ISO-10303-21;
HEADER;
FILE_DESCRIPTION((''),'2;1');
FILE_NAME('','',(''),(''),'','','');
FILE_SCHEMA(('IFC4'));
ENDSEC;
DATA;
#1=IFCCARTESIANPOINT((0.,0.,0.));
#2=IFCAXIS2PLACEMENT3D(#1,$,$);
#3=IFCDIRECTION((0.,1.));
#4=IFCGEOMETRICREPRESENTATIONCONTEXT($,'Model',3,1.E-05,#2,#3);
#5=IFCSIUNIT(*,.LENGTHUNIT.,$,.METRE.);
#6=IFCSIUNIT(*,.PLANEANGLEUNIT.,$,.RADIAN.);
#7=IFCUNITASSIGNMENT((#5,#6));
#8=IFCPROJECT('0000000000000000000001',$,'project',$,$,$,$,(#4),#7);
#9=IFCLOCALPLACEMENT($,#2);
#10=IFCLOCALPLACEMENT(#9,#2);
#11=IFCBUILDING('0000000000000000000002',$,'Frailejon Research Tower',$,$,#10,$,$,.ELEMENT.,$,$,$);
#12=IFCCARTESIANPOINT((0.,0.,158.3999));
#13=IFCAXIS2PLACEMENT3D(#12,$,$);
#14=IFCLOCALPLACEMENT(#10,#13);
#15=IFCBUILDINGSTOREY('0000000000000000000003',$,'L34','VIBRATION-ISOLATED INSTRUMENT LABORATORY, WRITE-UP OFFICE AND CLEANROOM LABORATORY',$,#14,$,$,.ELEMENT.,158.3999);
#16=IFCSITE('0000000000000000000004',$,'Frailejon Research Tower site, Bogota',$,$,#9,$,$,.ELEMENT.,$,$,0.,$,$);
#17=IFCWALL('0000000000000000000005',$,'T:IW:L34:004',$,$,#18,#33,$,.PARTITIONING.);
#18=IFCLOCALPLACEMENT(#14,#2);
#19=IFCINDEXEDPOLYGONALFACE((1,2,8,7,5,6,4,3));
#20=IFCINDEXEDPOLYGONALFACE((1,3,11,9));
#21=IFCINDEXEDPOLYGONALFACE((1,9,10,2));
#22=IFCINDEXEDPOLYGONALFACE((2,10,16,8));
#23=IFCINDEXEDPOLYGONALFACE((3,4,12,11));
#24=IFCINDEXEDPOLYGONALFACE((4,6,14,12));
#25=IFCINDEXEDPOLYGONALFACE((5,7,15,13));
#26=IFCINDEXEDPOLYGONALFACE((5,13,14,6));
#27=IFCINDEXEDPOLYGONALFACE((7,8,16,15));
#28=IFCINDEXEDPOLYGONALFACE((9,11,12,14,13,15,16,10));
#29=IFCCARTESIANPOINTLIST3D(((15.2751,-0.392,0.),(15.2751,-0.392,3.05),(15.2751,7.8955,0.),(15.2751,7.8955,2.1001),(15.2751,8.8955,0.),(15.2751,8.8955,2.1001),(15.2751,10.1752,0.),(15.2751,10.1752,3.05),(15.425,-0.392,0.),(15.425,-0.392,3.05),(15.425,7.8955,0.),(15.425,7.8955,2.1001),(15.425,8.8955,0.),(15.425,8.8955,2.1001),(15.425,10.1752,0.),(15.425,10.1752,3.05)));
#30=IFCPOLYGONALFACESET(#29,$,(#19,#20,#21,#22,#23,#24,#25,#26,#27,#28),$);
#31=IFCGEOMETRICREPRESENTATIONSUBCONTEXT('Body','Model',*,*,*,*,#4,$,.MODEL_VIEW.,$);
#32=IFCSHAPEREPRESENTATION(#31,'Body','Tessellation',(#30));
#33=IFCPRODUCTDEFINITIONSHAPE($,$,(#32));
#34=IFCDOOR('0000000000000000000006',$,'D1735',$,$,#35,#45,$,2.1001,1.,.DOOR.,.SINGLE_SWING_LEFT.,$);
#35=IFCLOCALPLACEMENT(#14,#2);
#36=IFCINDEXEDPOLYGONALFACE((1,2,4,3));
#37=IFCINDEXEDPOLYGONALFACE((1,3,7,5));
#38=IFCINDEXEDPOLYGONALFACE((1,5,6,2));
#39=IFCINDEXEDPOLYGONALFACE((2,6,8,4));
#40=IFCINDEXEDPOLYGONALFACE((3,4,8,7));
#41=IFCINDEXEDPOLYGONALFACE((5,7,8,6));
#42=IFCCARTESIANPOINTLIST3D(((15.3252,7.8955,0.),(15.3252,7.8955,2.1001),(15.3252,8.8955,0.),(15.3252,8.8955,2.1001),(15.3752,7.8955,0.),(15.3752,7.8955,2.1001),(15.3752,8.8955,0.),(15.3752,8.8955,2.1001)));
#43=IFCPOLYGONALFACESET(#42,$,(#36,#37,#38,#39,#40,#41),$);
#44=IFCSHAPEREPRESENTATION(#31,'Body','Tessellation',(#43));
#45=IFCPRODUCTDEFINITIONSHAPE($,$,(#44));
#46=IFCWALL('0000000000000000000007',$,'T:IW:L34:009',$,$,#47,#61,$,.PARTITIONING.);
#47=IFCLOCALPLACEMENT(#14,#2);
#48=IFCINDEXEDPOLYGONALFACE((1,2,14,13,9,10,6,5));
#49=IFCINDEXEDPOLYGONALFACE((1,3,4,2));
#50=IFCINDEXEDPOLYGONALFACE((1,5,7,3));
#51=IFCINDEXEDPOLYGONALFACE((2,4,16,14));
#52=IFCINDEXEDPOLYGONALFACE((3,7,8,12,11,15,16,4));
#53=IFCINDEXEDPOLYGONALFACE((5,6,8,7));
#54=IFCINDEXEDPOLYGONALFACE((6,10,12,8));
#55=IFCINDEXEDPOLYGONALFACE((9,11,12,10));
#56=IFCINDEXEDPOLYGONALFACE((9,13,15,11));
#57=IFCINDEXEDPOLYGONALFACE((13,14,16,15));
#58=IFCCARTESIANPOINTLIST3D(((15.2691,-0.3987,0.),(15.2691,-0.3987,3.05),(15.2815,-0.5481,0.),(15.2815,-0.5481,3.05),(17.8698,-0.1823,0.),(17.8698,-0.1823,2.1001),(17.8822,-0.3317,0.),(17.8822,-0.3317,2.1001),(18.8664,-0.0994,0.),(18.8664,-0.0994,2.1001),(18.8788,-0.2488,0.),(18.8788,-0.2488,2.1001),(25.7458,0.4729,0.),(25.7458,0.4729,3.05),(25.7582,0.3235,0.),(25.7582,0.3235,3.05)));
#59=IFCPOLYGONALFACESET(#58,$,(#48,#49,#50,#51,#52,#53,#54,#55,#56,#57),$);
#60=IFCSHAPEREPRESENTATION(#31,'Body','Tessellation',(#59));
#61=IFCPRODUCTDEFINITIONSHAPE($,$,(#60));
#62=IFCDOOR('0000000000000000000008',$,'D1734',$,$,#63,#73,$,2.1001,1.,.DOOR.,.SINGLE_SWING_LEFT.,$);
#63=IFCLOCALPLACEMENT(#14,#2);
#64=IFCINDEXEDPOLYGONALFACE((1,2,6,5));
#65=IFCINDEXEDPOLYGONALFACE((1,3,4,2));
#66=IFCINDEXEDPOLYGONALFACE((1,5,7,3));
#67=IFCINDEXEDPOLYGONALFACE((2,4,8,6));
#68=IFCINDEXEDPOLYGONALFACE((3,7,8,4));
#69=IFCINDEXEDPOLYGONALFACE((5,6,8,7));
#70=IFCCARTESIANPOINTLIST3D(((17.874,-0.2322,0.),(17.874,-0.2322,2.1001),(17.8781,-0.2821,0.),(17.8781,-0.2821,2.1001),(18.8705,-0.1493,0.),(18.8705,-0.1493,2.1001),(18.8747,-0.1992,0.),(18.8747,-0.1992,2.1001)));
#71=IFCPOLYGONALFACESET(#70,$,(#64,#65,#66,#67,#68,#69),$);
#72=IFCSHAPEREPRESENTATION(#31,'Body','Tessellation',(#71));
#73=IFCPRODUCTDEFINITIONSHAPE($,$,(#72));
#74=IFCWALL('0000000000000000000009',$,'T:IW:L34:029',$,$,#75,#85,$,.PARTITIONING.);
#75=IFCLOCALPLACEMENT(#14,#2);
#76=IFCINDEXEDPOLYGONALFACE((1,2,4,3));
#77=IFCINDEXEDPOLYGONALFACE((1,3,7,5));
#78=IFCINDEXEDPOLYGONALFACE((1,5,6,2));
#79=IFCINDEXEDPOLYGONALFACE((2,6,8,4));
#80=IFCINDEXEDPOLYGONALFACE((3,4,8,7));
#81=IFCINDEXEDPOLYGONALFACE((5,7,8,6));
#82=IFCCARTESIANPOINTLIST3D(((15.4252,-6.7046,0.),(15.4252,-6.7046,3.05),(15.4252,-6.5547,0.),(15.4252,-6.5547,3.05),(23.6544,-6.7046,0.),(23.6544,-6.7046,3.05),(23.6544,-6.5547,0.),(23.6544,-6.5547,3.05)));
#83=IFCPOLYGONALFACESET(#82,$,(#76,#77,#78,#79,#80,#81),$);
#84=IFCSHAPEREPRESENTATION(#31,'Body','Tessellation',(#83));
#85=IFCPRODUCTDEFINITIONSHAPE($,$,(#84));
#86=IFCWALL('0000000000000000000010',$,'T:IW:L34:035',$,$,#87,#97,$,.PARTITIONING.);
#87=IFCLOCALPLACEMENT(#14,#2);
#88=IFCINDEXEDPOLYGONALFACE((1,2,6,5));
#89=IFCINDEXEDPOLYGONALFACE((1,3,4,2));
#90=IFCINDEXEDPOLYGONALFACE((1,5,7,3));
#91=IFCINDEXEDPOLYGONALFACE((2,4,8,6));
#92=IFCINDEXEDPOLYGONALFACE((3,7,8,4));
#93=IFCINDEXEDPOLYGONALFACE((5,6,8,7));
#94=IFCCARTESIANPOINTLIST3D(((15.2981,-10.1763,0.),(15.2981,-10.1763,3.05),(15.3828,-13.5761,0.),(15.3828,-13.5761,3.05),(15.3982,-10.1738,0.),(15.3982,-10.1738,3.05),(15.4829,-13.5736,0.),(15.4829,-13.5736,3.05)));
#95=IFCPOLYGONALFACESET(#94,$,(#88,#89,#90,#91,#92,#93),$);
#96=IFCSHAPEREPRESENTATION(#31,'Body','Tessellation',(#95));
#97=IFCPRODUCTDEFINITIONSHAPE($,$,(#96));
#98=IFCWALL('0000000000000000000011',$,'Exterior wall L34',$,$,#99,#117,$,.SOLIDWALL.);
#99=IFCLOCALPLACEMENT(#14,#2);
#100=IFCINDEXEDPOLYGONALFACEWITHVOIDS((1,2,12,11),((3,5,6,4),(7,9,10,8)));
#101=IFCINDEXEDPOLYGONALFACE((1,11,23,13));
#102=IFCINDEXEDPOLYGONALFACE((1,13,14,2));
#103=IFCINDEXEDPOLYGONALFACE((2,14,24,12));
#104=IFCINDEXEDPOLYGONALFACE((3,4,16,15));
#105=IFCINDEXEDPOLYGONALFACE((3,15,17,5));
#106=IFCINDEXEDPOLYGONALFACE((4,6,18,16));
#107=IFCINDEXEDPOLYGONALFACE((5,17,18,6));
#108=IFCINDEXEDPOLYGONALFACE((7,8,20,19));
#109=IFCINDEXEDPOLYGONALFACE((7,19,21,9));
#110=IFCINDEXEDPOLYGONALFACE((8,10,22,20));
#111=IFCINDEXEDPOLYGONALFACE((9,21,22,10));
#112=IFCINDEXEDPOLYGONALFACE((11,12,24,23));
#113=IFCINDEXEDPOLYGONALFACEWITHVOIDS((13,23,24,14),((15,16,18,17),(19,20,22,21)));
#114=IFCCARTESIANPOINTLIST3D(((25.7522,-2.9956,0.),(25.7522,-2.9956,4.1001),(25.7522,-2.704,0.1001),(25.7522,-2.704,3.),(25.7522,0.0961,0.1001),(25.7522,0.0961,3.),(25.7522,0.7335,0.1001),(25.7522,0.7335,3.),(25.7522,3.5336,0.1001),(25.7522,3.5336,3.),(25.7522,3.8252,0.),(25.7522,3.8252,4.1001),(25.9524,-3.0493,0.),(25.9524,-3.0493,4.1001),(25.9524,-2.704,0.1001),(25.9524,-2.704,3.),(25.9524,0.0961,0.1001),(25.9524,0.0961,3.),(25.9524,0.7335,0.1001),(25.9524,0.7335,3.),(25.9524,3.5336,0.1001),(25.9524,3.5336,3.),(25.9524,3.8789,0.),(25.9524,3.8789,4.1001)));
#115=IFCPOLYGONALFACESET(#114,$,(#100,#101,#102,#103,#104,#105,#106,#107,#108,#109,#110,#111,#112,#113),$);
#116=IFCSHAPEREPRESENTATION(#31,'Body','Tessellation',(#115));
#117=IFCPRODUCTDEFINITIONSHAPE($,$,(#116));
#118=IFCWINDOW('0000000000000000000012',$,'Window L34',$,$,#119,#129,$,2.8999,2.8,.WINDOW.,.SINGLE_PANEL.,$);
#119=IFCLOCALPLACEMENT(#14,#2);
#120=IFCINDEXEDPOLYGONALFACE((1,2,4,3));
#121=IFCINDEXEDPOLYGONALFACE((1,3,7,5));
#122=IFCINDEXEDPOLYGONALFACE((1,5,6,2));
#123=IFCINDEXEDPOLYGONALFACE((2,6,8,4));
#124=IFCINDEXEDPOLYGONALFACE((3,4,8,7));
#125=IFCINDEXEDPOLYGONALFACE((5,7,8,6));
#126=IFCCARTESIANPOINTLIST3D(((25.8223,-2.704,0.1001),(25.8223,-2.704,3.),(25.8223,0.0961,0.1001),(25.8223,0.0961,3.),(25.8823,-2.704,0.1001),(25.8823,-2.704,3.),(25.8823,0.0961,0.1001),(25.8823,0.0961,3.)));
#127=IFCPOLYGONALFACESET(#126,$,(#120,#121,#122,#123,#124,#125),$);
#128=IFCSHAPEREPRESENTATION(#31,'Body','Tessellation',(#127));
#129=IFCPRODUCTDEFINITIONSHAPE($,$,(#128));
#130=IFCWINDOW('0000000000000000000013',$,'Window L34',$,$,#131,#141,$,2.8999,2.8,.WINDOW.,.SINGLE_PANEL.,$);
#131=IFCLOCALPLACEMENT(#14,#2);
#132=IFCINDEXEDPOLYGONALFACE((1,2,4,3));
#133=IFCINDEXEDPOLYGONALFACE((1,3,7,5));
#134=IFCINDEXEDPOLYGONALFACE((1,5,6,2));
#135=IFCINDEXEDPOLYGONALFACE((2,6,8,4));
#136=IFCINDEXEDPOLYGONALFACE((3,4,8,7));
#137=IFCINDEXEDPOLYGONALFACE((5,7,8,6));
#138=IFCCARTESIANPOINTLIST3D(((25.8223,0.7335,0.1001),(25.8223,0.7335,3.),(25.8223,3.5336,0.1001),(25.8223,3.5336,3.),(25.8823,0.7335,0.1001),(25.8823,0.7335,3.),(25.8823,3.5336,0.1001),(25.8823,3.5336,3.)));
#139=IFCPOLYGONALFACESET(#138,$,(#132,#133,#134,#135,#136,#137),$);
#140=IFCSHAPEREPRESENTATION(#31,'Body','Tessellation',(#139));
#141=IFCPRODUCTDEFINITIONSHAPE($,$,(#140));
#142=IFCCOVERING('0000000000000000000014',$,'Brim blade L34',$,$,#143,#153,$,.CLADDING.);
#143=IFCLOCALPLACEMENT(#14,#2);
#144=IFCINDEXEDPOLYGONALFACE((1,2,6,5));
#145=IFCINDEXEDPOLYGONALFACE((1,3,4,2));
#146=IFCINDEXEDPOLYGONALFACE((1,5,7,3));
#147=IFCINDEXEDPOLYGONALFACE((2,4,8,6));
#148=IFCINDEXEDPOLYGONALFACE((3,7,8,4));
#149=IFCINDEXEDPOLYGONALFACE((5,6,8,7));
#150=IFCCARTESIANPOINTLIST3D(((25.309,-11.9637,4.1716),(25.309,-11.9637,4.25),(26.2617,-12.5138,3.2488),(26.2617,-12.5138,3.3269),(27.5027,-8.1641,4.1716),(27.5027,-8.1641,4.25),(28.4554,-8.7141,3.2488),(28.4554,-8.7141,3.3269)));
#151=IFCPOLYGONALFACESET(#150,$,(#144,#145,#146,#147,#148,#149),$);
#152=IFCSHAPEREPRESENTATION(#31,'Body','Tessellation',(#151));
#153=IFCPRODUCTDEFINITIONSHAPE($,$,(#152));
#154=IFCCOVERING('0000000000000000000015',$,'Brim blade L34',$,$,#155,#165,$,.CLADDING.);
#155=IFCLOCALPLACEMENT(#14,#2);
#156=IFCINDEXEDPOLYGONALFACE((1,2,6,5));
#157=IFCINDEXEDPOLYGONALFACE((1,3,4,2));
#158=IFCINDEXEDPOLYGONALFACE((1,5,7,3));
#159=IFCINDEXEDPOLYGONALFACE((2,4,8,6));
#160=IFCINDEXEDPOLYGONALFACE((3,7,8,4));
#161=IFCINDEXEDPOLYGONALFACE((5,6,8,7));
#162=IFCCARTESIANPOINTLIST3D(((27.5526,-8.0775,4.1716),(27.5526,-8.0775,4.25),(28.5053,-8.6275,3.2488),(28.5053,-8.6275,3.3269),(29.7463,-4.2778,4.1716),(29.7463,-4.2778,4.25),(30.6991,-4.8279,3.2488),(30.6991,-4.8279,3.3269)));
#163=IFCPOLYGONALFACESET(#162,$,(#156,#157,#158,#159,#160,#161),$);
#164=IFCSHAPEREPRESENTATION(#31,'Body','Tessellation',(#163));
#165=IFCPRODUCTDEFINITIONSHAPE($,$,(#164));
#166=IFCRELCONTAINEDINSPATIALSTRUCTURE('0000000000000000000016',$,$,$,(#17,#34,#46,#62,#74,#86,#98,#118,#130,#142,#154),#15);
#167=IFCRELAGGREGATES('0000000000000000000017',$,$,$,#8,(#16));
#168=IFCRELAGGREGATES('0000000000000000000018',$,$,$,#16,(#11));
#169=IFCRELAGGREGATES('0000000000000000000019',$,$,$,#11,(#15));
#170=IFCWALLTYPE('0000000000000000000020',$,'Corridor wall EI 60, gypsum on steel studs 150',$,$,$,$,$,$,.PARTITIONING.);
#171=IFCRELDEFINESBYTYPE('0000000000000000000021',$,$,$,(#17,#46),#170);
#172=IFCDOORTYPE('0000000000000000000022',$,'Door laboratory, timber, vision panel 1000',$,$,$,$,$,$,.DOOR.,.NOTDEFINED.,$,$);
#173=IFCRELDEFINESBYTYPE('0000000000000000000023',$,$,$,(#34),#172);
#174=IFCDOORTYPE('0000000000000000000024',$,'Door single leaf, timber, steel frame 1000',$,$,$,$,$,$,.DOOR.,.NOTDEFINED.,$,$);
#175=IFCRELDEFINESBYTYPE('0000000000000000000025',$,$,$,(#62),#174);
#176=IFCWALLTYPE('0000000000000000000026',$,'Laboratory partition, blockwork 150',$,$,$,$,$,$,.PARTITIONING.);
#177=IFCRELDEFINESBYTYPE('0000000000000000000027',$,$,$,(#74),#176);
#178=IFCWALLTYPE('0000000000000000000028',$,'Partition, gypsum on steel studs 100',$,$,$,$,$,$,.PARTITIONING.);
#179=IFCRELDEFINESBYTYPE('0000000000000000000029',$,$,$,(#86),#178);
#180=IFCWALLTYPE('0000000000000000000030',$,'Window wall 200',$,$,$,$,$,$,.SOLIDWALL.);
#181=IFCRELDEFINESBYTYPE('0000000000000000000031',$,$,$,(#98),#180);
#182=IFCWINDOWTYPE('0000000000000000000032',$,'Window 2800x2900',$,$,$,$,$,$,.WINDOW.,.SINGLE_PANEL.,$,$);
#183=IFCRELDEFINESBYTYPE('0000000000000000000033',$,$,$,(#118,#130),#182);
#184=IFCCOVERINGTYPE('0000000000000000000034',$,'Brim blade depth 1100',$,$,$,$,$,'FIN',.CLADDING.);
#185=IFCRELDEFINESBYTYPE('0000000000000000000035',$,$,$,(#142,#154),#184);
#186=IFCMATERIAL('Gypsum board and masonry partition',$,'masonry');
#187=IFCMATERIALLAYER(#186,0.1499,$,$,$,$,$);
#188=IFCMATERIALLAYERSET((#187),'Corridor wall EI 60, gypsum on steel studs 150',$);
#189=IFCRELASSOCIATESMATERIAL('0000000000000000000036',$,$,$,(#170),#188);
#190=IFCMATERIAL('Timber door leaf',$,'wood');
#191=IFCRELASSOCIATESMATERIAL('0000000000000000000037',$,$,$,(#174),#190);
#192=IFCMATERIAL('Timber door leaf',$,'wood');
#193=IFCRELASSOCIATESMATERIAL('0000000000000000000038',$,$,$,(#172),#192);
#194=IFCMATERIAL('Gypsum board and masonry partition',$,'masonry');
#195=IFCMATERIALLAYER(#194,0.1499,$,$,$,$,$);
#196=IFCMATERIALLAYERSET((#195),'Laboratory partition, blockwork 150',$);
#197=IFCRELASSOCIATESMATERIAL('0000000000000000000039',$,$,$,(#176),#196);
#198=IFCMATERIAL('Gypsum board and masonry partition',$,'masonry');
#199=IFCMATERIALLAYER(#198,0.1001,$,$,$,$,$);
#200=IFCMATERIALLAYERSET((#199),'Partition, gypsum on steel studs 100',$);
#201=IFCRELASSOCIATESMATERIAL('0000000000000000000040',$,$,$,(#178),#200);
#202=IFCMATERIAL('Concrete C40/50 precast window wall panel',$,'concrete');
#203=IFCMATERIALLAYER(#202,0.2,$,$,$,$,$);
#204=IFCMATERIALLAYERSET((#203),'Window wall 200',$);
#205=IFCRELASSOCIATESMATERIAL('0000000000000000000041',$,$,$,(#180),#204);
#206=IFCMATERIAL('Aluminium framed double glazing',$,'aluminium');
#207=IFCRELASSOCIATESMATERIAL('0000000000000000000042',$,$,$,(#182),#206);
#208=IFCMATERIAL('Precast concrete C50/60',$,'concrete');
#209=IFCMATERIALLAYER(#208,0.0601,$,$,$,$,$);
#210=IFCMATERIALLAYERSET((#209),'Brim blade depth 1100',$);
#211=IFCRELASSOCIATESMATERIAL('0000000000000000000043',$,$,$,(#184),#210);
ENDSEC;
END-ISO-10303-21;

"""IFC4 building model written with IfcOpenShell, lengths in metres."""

from ifc_helpers import new_model, si_unit, direction, frame, frame_2d, origin, place, context, subcontext, project, spatial, polyline, rectangle, outline, extrude, material, layer, layer_set, type_object, element, fill, save


model = new_model("IFC4")

# Units and contexts
model_context = context("Model", 3, precision=1e-05, world=origin(), true_north=direction((0.0, 1.0)))
body_context = subcontext(model_context, "Body", "Model", "MODEL_VIEW")
ifc_project = project(units=[si_unit("LENGTHUNIT", "METRE"), si_unit("PLANEANGLEUNIT", "RADIAN")], contexts=[model_context])

# Site, building, storey
site_placement = place(None, origin())
site = spatial("IfcSite", under=ifc_project, at=site_placement, Name="Frailejon Research Tower site, Bogota", CompositionType="ELEMENT", RefElevation=0.0)
building_placement = place(site_placement, origin())
building = spatial("IfcBuilding", under=site, at=building_placement, Name="Frailejon Research Tower", CompositionType="ELEMENT")
storey_placement = place(building_placement, frame((0.0, 0.0, 158.3999)))
storey = spatial("IfcBuildingStorey", under=building, at=storey_placement, Name="L34", Description="VIBRATION-ISOLATED INSTRUMENT LABORATORY, WRITE-UP OFFICE AND CLEANROOM LABORATORY", CompositionType="ELEMENT", Elevation=158.3999)

# Walls, openings, doors
ifc_material_1 = material(Name="Gypsum board and masonry partition", Category="masonry")
ifc_layer_1 = layer(ifc_material_1, 0.1499)
ifc_layer_set_1 = layer_set([ifc_layer_1], Name="Corridor wall EI 60, gypsum on steel studs 150")
wall_type_1 = type_object("IfcWallType", Name="Corridor wall EI 60, gypsum on steel studs 150", PredefinedType="PARTITIONING", material=ifc_layer_set_1)
ifc_material_2 = material(Name="Timber door leaf", Category="wood")
door_type_1 = type_object("IfcDoorType", Name="Door single leaf, timber, steel frame 1000", OperationType="NOTDEFINED", PredefinedType="DOOR", material=ifc_material_2)
wall_1_placement = place(storey_placement, frame((15.3501, -0.3921, 0.0), z_axis=(0.0, 0.0, 1.0), x_axis=(0.0, 1.0, 0.0)))
wall_1 = element("IfcWall", 1, at=wall_1_placement, inside=storey, type_object=wall_type_1, Name="T:IW:L34:004", PredefinedType="PARTITIONING", context=body_context, shape_type="SweptSolid", body=[
    extrude(rectangle(XDim=10.5671, YDim=0.1499, at=frame_2d((5.2837, 0.0))), origin(), (0.0, 0.0, 1.0), 3.05),
])
opening_1_placement = place(wall_1_placement, frame((8.2876, 0.0, 0.0)))
opening_1 = element("IfcOpeningElement", 2, at=opening_1_placement, cuts=wall_1, PredefinedType="OPENING", context=body_context, shape_type="SweptSolid", body=[
    extrude(rectangle(XDim=1.0, YDim=2.1001, at=frame_2d((0.5, 1.05))), frame((0.0, 0.085, 0.0), z_axis=(0.0, -1.0, 0.0), x_axis=(1.0, 0.0, 0.0)), (0.0, 0.0, 1.0), 0.1699),
])
ifc_material_3 = material(Name="Timber door leaf", Category="wood")
door_type_2 = type_object("IfcDoorType", Name="Door laboratory, timber, vision panel 1000", OperationType="NOTDEFINED", PredefinedType="DOOR", material=ifc_material_3)
door_1_placement = place(opening_1_placement, origin())
door_1 = element("IfcDoor", 3, at=door_1_placement, inside=storey, type_object=door_type_2, Name="D1735", OperationType="SINGLE_SWING_LEFT", OverallHeight=2.1001, OverallWidth=1.0, PredefinedType="DOOR", context=body_context, shape_type="SweptSolid", body=[
    extrude(rectangle(XDim=1.0, YDim=2.1001, at=frame_2d((0.5, 1.05))), frame((0.0, 0.0249, 0.0), z_axis=(0.0, -1.0, 0.0), x_axis=(1.0, 0.0, 0.0)), (0.0, 0.0, 1.0), 0.05),
])
fill(opening_1, door_1)
wall_2_placement = place(storey_placement, frame((15.2754, -0.4734, 0.0), z_axis=(0.0, 0.0, 1.0), x_axis=(0.996557, 0.082905, 0.0)))
wall_2 = element("IfcWall", 4, at=wall_2_placement, inside=storey, type_object=wall_type_1, Name="T:IW:L34:009", PredefinedType="PARTITIONING", context=body_context, shape_type="SweptSolid", body=[
    extrude(rectangle(XDim=10.5129, YDim=0.1499, at=frame_2d((5.2563, 0.0))), origin(), (0.0, 0.0, 1.0), 3.05),
])
opening_2_placement = place(wall_2_placement, frame((2.6096, 0.0, 0.0)))
opening_2 = element("IfcOpeningElement", 5, at=opening_2_placement, cuts=wall_2, PredefinedType="OPENING", context=body_context, shape_type="SweptSolid", body=[
    extrude(rectangle(XDim=1.0, YDim=2.1001, at=frame_2d((0.5, 1.05))), frame((0.0, 0.085, 0.0), z_axis=(0.0, -1.0, 0.0), x_axis=(1.0, 0.0, 0.0)), (0.0, 0.0, 1.0), 0.1699),
])
door_2_placement = place(opening_2_placement, origin())
door_2 = element("IfcDoor", 6, at=door_2_placement, inside=storey, type_object=door_type_1, Name="D1734", OperationType="SINGLE_SWING_LEFT", OverallHeight=2.1001, OverallWidth=1.0, PredefinedType="DOOR", context=body_context, shape_type="SweptSolid", body=[
    extrude(rectangle(XDim=1.0, YDim=2.1001, at=frame_2d((0.5, 1.05))), frame((0.0, 0.0249, 0.0), z_axis=(0.0, -1.0, 0.0), x_axis=(1.0, 0.0, 0.0)), (0.0, 0.0, 1.0), 0.05),
])
fill(opening_2, door_2)

# Walls
ifc_material_4 = material(Name="Gypsum board and masonry partition", Category="masonry")
ifc_layer_2 = layer(ifc_material_4, 0.1499)
ifc_layer_set_2 = layer_set([ifc_layer_2], Name="Laboratory partition, blockwork 150")
wall_type_2 = type_object("IfcWallType", Name="Laboratory partition, blockwork 150", PredefinedType="PARTITIONING", material=ifc_layer_set_2)
wall_3_placement = place(storey_placement, frame((15.425, -6.6296, 0.0), z_axis=(0.0, 0.0, 1.0), x_axis=(1.0, 0.0, 0.0)))
element("IfcWall", 7, at=wall_3_placement, inside=storey, type_object=wall_type_2, Name="T:IW:L34:029", PredefinedType="PARTITIONING", context=body_context, shape_type="SweptSolid", body=[
    extrude(rectangle(XDim=8.2292, YDim=0.1499, at=frame_2d((4.1147, 0.0))), origin(), (0.0, 0.0, 1.0), 3.05),
])
ifc_material_5 = material(Name="Gypsum board and masonry partition", Category="masonry")
ifc_layer_3 = layer(ifc_material_5, 0.1001)
ifc_layer_set_3 = layer_set([ifc_layer_3], Name="Partition, gypsum on steel studs 100")
wall_type_3 = type_object("IfcWallType", Name="Partition, gypsum on steel studs 100", PredefinedType="PARTITIONING", material=ifc_layer_set_3)
wall_4_placement = place(storey_placement, frame((15.3481, -10.175, 0.0), z_axis=(0.0, 0.0, 1.0), x_axis=(0.02491, -0.99969, 0.0)))
element("IfcWall", 8, at=wall_4_placement, inside=storey, type_object=wall_type_3, Name="T:IW:L34:035", PredefinedType="PARTITIONING", context=body_context, shape_type="SweptSolid", body=[
    extrude(rectangle(XDim=3.4009, YDim=0.1001, at=frame_2d((1.7004, 0.0))), origin(), (0.0, 0.0, 1.0), 3.05),
])

# Wall, openings, windows
ifc_material_6 = material(Name="Concrete C40/50 precast window wall panel", Category="concrete")
ifc_layer_4 = layer(ifc_material_6, 0.2)
ifc_layer_set_4 = layer_set([ifc_layer_4], Name="Window wall 200")
wall_type_4 = type_object("IfcWallType", Name="Window wall 200", PredefinedType="SOLIDWALL", material=ifc_layer_set_4)
wall_5_placement = place(storey_placement, frame((25.8523, -3.0225, 0.0), z_axis=(0.0, 0.0, 1.0), x_axis=(0.0, 1.0, 0.0)))
wall_5 = element("IfcWall", 9, at=wall_5_placement, inside=storey, type_object=wall_type_4, Name="Exterior wall L34", PredefinedType="SOLIDWALL", context=body_context, shape_type="SweptSolid", body=[
    extrude(outline(polyline([(-0.0269, -0.1001), (1.1279, -0.1001), (2.2825, -0.1001), (3.4373, -0.1001), (4.592, -0.1001), (5.7466, -0.1001), (6.9014, -0.1001), (6.8477, 0.1001), (5.7109, 0.1001), (4.574, 0.1001), (3.4373, 0.1001), (2.3005, 0.1001), (1.1636, 0.1001), (0.0269, 0.1001), (-0.0269, -0.1001)])), origin(), (0.0, 0.0, 1.0), 4.1001),
])
opening_3_placement = place(wall_5_placement, frame((0.3186, 0.0, 0.1001)))
opening_3 = element("IfcOpeningElement", 10, at=opening_3_placement, cuts=wall_5, PredefinedType="OPENING", context=body_context, shape_type="SweptSolid", body=[
    extrude(rectangle(XDim=2.8, YDim=2.8999, at=frame_2d((1.3999, 1.45))), frame((0.0, 0.1099, 0.0), z_axis=(0.0, -1.0, 0.0), x_axis=(1.0, 0.0, 0.0)), (0.0, 0.0, 1.0), 0.22),
])
opening_4_placement = place(wall_5_placement, frame((3.7561, 0.0, 0.1001)))
opening_4 = element("IfcOpeningElement", 11, at=opening_4_placement, cuts=wall_5, PredefinedType="OPENING", context=body_context, shape_type="SweptSolid", body=[
    extrude(rectangle(XDim=2.8, YDim=2.8999, at=frame_2d((1.3999, 1.45))), frame((0.0, 0.1099, 0.0), z_axis=(0.0, -1.0, 0.0), x_axis=(1.0, 0.0, 0.0)), (0.0, 0.0, 1.0), 0.22),
])
ifc_material_7 = material(Name="Aluminium framed double glazing", Category="aluminium")
window_type = type_object("IfcWindowType", Name="Window 2800x2900", PartitioningType="SINGLE_PANEL", PredefinedType="WINDOW", material=ifc_material_7)
window_1_placement = place(opening_3_placement, origin())
window_1 = element("IfcWindow", 12, at=window_1_placement, inside=storey, type_object=window_type, Name="Window L34", OverallHeight=2.8999, OverallWidth=2.8, PartitioningType="SINGLE_PANEL", PredefinedType="WINDOW", context=body_context, shape_type="SweptSolid", body=[
    extrude(rectangle(XDim=2.8, YDim=2.8999, at=frame_2d((1.3999, 1.45))), frame((0.0, 0.03, 0.0), z_axis=(0.0, -1.0, 0.0), x_axis=(1.0, 0.0, 0.0)), (0.0, 0.0, 1.0), 0.0601),
])
fill(opening_3, window_1)
window_2_placement = place(opening_4_placement, origin())
window_2 = element("IfcWindow", 13, at=window_2_placement, inside=storey, type_object=window_type, Name="Window L34", OverallHeight=2.8999, OverallWidth=2.8, PartitioningType="SINGLE_PANEL", PredefinedType="WINDOW", context=body_context, shape_type="SweptSolid", body=[
    extrude(rectangle(XDim=2.8, YDim=2.8999, at=frame_2d((1.3999, 1.45))), frame((0.0, 0.03, 0.0), z_axis=(0.0, -1.0, 0.0), x_axis=(1.0, 0.0, 0.0)), (0.0, 0.0, 1.0), 0.0601),
])
fill(opening_4, window_2)

# Coverings
ifc_material_8 = material(Name="Precast concrete C50/60", Category="concrete")
ifc_layer_5 = layer(ifc_material_8, 0.0601)
ifc_layer_set_5 = layer_set([ifc_layer_5], Name="Brim blade depth 1100")
covering_type = type_object("IfcCoveringType", Name="Brim blade depth 1100", ElementType="FIN", PredefinedType="CLADDING", material=ifc_layer_set_5)
for number, where, z_axis, x_axis, name in (
    (14, (27.5027, -8.1641, 4.25), (-0.5, -0.866025, 0.0), (0.866025, -0.5, 0.0), "Brim blade L34"),
    (15, (29.7463, -4.2778, 4.25), (-0.5, -0.866025, 0.0), (0.866025, -0.5, 0.0), "Brim blade L34"),
):
    element("IfcCovering", number, at=place(storey_placement, frame(where, z_axis=z_axis, x_axis=x_axis)), inside=storey, type_object=covering_type, Name=name, PredefinedType="CLADDING", context=body_context, shape_type="SweptSolid", body=[
        extrude(outline(polyline([(0.0, -0.0784), (1.1001, -1.0012), (1.1001, -0.9231), (0.0, 0.0), (0.0, -0.0784)])), origin(), (0.0, 0.0, 1.0), 4.3875),
    ])

save(model, "model.ifc")
